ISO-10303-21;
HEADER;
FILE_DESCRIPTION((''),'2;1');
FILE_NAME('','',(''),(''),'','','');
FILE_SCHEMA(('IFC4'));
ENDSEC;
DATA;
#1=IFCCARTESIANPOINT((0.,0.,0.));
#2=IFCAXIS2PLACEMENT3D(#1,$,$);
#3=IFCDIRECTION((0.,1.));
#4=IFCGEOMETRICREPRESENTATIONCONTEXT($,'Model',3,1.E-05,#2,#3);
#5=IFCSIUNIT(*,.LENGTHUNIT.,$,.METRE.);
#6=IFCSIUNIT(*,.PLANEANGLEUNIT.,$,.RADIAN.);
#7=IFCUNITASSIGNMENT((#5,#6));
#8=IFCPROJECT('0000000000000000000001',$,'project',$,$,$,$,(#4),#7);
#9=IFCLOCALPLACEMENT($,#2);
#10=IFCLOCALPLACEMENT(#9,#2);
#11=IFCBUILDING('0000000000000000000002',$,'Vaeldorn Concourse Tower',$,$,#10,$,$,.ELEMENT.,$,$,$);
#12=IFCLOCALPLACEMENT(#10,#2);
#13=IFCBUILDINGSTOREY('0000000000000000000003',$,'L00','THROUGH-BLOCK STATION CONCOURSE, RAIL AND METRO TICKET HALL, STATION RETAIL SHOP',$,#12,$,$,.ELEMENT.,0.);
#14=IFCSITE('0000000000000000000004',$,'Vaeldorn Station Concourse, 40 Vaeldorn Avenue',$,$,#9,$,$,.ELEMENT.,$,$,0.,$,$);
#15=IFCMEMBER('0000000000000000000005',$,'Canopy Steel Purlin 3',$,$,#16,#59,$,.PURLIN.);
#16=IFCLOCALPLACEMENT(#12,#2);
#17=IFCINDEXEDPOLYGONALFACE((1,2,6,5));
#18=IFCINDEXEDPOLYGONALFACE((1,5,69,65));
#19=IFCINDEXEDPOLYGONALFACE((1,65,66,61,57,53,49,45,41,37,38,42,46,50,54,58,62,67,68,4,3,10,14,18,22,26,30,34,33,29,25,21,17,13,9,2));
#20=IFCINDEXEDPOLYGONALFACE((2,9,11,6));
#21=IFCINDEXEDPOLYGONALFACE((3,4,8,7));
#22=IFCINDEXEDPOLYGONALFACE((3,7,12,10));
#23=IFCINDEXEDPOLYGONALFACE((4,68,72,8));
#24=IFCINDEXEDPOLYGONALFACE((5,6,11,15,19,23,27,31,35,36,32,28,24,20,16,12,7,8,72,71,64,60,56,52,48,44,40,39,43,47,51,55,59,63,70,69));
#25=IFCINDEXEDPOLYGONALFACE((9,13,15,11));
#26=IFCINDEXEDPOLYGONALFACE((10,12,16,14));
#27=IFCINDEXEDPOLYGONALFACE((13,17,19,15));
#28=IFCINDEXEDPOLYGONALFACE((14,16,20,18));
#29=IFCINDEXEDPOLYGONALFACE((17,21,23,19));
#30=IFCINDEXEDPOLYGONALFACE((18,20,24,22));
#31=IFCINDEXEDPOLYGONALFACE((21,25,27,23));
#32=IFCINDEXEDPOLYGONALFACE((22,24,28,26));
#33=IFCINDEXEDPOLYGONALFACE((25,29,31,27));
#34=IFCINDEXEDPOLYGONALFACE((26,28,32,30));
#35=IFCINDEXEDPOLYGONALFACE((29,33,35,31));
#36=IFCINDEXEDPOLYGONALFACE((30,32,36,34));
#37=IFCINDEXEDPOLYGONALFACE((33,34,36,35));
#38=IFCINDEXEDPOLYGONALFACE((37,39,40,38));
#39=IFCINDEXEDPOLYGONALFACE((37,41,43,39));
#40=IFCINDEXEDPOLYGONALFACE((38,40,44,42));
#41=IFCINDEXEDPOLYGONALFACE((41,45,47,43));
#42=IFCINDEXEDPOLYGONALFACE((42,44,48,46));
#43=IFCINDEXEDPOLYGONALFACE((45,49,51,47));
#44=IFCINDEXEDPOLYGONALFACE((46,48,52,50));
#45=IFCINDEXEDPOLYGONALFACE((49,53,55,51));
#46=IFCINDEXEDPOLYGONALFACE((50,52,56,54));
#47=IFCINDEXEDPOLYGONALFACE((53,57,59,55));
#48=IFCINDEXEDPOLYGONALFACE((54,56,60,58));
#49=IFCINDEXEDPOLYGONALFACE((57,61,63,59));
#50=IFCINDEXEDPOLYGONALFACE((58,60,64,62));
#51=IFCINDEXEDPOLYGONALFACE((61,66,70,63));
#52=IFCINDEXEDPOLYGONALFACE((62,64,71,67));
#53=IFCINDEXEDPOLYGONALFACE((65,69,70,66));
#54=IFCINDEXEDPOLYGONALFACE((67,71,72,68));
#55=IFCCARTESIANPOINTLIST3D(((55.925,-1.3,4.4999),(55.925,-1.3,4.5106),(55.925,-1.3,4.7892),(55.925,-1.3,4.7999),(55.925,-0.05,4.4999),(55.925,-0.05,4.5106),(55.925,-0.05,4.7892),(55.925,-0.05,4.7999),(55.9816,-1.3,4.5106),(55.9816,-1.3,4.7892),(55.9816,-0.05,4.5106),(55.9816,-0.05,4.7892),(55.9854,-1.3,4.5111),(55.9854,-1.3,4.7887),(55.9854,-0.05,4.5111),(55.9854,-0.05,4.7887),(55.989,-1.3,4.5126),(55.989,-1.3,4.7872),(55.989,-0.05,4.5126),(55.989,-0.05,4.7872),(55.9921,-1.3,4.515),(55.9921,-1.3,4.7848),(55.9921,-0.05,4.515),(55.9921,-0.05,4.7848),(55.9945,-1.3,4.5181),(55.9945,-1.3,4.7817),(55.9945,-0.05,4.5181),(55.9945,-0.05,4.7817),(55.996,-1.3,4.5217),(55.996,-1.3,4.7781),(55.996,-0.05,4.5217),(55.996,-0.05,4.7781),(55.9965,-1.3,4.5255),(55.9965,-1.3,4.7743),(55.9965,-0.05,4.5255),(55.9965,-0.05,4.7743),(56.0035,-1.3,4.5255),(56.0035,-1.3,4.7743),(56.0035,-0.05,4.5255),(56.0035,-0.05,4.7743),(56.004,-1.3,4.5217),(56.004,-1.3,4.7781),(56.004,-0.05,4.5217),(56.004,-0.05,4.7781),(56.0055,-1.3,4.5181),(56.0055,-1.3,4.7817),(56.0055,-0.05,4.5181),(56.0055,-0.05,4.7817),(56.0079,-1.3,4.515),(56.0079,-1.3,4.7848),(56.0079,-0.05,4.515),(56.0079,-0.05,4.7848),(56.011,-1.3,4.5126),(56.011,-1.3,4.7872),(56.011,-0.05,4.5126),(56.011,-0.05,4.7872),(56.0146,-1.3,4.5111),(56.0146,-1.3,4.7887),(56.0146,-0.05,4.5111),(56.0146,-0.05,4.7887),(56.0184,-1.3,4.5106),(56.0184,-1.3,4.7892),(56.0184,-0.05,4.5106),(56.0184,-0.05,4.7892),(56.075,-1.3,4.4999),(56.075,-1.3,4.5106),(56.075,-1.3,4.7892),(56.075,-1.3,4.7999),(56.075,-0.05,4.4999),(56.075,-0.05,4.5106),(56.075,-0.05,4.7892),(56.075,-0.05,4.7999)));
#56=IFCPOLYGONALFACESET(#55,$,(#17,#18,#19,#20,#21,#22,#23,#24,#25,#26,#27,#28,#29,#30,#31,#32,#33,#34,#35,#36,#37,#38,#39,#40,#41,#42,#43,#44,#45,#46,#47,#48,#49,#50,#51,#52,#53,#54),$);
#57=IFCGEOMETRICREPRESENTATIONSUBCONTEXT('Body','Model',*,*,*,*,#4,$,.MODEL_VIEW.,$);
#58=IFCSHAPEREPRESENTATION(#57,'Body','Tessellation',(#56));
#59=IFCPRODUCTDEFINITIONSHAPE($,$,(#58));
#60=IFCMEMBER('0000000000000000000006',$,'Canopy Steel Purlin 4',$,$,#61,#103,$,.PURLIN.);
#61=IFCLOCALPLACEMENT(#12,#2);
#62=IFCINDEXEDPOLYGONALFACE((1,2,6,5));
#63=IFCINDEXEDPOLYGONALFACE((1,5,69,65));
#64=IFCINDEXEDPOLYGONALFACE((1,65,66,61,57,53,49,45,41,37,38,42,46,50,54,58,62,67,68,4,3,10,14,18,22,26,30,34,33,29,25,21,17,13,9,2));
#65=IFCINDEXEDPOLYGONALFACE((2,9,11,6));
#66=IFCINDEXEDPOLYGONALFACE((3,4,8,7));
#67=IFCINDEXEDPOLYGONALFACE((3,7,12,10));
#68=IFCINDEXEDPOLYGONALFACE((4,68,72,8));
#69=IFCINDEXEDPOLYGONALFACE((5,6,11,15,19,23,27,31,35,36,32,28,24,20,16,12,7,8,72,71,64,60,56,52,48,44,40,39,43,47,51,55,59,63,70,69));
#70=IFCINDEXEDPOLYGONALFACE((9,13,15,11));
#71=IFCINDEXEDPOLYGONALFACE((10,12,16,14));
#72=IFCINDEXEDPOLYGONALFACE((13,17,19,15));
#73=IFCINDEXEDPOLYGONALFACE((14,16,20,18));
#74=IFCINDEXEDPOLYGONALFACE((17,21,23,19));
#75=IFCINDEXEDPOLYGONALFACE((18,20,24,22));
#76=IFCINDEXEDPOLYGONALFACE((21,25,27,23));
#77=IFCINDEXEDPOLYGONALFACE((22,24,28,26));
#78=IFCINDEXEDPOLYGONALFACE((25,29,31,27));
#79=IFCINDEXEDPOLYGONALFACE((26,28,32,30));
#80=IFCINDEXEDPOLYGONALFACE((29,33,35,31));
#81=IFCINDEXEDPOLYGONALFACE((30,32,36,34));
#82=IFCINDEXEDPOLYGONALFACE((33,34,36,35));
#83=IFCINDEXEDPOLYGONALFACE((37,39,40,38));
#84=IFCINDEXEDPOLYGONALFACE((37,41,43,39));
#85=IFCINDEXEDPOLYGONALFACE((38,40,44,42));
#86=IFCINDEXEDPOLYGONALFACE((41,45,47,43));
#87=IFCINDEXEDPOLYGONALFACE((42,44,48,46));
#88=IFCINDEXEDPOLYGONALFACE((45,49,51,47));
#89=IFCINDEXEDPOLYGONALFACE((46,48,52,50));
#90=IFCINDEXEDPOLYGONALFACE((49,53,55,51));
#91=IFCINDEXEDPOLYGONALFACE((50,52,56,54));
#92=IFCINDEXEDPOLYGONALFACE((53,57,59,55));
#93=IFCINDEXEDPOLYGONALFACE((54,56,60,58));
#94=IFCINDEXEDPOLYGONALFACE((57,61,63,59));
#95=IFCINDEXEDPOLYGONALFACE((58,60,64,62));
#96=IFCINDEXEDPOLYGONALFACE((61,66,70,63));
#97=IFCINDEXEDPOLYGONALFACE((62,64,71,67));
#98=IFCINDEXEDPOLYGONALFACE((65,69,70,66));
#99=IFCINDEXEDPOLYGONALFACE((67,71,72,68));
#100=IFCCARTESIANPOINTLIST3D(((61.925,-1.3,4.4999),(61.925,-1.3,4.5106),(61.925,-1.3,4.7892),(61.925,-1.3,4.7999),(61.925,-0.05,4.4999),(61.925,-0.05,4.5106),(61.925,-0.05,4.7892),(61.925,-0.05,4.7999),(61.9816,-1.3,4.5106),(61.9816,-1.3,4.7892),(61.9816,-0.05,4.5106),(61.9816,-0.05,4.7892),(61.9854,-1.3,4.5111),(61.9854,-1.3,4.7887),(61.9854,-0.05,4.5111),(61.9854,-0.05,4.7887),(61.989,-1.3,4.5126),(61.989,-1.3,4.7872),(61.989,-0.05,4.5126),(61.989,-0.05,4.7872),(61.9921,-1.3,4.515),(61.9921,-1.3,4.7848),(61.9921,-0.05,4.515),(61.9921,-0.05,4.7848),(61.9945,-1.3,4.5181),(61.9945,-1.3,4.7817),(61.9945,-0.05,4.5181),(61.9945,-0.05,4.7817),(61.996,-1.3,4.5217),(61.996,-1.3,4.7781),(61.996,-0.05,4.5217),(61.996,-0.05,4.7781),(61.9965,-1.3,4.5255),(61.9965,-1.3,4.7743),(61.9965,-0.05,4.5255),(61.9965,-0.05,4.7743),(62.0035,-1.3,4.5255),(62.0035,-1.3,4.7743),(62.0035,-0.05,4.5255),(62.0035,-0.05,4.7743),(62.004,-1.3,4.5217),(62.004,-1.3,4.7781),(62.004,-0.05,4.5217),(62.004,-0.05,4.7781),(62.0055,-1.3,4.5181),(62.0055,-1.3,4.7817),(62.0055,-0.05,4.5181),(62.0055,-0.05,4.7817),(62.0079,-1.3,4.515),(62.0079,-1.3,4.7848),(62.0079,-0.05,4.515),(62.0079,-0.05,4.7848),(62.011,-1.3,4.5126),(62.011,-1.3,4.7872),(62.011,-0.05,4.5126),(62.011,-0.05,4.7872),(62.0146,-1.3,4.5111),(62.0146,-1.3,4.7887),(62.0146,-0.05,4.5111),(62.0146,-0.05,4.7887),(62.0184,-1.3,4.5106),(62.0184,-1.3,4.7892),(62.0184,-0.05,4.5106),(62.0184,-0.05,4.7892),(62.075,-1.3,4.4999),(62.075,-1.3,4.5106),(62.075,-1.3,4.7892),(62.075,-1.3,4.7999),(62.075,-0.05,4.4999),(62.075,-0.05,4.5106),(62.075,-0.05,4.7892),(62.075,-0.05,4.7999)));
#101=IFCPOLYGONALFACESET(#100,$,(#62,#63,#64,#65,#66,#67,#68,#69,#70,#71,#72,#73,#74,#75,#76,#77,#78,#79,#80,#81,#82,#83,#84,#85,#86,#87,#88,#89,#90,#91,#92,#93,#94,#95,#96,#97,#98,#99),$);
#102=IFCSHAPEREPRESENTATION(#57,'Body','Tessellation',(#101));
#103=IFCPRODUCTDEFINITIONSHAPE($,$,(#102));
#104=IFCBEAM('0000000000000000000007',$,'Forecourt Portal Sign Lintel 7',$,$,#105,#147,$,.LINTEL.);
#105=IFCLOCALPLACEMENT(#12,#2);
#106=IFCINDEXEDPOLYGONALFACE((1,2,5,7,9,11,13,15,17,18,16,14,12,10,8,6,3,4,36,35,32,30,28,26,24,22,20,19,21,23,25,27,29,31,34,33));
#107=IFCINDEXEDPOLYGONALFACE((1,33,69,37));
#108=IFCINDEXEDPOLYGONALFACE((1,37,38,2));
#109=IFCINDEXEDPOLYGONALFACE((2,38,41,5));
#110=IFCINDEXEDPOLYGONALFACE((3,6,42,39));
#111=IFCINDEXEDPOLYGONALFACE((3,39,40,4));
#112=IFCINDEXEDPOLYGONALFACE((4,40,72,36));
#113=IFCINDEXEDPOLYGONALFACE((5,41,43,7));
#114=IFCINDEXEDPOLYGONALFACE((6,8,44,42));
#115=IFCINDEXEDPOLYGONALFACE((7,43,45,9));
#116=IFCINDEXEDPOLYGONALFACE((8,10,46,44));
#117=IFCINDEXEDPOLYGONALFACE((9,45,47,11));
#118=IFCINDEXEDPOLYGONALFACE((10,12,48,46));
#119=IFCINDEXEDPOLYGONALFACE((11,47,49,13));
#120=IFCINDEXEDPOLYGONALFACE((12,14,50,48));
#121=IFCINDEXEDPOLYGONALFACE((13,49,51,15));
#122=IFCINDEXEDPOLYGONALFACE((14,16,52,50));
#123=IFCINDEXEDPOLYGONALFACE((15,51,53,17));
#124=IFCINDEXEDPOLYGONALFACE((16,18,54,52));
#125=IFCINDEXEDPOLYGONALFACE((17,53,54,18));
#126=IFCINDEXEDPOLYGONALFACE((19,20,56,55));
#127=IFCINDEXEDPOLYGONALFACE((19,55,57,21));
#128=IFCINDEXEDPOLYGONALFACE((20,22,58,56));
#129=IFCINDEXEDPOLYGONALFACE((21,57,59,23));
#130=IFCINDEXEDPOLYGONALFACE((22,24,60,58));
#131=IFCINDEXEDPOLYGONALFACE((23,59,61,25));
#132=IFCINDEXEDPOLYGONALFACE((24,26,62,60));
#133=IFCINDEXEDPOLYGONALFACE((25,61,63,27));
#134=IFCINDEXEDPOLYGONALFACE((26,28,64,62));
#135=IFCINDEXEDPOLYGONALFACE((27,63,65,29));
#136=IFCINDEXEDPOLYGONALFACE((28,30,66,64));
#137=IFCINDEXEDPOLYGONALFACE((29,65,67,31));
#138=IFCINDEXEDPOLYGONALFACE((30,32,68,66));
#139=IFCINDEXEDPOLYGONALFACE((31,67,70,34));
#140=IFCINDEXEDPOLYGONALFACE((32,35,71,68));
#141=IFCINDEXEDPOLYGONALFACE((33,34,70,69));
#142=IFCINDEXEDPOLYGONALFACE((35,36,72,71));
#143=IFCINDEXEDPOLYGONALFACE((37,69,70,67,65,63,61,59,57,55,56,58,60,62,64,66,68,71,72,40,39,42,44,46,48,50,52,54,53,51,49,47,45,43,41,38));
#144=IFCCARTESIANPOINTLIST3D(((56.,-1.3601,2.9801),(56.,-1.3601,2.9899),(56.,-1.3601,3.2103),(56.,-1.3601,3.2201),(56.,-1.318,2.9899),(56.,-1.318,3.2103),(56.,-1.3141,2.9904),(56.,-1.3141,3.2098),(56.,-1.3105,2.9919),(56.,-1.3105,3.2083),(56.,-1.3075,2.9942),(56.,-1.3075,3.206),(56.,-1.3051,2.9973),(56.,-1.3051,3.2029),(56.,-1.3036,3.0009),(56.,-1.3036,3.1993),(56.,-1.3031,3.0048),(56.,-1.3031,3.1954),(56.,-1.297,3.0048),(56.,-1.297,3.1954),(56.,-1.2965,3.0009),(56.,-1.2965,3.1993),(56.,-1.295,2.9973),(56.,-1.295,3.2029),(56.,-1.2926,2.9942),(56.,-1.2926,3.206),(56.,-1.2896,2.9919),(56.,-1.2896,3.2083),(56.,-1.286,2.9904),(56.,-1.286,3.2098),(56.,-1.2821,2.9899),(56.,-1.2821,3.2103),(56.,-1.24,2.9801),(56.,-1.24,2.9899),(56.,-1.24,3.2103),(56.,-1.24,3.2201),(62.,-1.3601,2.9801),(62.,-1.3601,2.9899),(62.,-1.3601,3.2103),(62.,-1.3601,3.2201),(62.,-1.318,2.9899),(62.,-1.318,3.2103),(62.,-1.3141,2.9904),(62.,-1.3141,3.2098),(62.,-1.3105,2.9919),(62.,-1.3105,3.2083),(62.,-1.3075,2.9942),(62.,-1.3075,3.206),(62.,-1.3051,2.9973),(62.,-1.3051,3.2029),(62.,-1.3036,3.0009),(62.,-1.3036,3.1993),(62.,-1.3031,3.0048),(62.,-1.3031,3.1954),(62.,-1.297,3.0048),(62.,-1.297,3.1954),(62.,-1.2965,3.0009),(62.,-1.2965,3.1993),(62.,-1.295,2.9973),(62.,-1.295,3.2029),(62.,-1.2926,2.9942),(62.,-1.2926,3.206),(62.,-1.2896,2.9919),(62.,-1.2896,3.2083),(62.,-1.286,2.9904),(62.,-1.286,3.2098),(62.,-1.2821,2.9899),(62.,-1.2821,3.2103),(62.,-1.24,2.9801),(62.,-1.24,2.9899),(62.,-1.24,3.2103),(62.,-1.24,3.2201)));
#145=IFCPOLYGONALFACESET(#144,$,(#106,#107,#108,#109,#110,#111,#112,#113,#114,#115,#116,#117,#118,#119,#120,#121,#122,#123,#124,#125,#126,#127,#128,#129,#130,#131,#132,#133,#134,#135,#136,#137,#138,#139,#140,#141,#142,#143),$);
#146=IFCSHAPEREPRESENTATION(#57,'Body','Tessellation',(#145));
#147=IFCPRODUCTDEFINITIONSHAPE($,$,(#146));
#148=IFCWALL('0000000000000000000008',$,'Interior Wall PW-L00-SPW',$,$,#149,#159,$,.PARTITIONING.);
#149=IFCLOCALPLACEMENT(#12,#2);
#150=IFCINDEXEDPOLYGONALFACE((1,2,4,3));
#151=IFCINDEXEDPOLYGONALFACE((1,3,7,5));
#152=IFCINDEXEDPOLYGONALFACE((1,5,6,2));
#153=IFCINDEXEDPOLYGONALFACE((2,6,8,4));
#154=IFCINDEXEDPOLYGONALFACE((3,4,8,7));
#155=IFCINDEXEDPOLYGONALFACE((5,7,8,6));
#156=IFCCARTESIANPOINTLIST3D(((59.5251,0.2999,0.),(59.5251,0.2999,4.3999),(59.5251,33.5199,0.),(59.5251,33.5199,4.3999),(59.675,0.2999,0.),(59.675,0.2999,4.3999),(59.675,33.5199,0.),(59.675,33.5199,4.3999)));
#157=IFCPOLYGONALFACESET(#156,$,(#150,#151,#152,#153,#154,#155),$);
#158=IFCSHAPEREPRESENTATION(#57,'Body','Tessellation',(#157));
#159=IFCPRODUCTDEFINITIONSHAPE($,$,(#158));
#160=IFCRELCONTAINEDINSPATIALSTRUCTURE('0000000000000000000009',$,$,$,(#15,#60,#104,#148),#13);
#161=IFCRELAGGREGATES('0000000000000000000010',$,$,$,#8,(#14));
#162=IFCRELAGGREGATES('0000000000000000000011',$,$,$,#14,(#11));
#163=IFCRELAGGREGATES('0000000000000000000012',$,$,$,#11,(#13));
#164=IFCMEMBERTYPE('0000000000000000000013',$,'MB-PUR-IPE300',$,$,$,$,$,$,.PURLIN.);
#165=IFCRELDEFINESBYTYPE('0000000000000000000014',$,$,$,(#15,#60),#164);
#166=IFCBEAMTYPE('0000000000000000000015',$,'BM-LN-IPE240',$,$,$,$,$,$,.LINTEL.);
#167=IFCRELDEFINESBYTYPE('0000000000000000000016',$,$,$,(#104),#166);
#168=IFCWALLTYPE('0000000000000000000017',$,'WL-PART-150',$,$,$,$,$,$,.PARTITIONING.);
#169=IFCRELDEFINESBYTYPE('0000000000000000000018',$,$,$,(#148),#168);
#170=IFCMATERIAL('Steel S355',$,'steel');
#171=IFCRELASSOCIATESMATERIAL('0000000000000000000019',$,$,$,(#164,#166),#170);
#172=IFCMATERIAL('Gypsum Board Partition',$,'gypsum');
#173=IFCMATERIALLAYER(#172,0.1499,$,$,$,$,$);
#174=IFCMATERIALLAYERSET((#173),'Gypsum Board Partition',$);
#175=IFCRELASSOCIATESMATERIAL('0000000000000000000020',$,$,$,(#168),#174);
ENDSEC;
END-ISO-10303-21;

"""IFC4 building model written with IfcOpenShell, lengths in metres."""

from ifc_helpers import new_model, si_unit, direction, frame, frame_2d, origin, origin_2d, place, context, subcontext, project, spatial, rectangle, i_section, extrude, source, transform, mapped, material, layer, layer_set, material_profile, profile_set, type_object, element, save


model = new_model("IFC4")

# Units and contexts
model_context = context("Model", 3, precision=1e-05, world=origin(), true_north=direction((0.0, 1.0)))
body_context = subcontext(model_context, "Body", "Model", "MODEL_VIEW")
ifc_project = project(units=[si_unit("LENGTHUNIT", "METRE"), si_unit("PLANEANGLEUNIT", "RADIAN")], contexts=[model_context])

# Site, building, storey
site_placement = place(None, origin())
site = spatial("IfcSite", under=ifc_project, at=site_placement, Name="Vaeldorn Station Concourse, 40 Vaeldorn Avenue", CompositionType="ELEMENT", RefElevation=0.0)
building_placement = place(site_placement, origin())
building = spatial("IfcBuilding", under=site, at=building_placement, Name="Vaeldorn Concourse Tower", CompositionType="ELEMENT")
storey_placement = place(building_placement, origin())
storey = spatial("IfcBuildingStorey", under=building, at=storey_placement, Name="L00", Description="THROUGH-BLOCK STATION CONCOURSE, RAIL AND METRO TICKET HALL, STATION RETAIL SHOP", CompositionType="ELEMENT", Elevation=0.0)

# Shared definitions
ifc_material_1 = material(Name="Steel S355", Category="steel")

# Members
ifc_material_profile_1 = material_profile(ifc_material_1, i_section(OverallWidth=0.1499, OverallDepth=0.3, WebThickness=0.0071, FlangeThickness=0.0107, FilletRadius=0.0149, at=origin_2d()), Name="IPE 300")
ifc_profile_set_1 = profile_set([ifc_material_profile_1], Name="Steel S355")
member_type = type_object("IfcMemberType", Name="MB-PUR-IPE300", PredefinedType="PURLIN", material=ifc_profile_set_1)
shared_shape_1 = source(origin(), body_context, "Body", "SweptSolid", [
    extrude(i_section(OverallWidth=0.1499, OverallDepth=0.3, WebThickness=0.0071, FlangeThickness=0.0107, FilletRadius=0.0149, at=origin_2d()), origin(), (0.0, 0.0, 1.0), 1.25),
])
for number, where, z_axis, x_axis, name in (
    (1, (56.0, -1.3, 4.6499), (0.0, 1.0, 0.0), (-1.0, 0.0, 0.0), "Canopy Steel Purlin 3"),
    (2, (62.0, -1.3, 4.6499), (0.0, 1.0, 0.0), (-1.0, 0.0, 0.0), "Canopy Steel Purlin 4"),
):
    element("IfcMember", number, at=place(storey_placement, frame(where, z_axis=z_axis, x_axis=x_axis)), inside=storey, type_object=member_type, Name=name, PredefinedType="PURLIN", context=body_context, shape_type="MappedRepresentation", body=[
        mapped(shared_shape_1, transform((0.0, 0.0, 0.0), scale=1.0)),
    ])

# Beam
ifc_material_profile_2 = material_profile(ifc_material_1, i_section(OverallWidth=0.1201, OverallDepth=0.24, WebThickness=0.0061, FlangeThickness=0.0098, FilletRadius=0.0149, at=origin_2d()), Name="IPE 240")
ifc_profile_set_2 = profile_set([ifc_material_profile_2], Name="Steel S355")
beam_type_1 = type_object("IfcBeamType", Name="BM-LN-IPE240", PredefinedType="LINTEL", material=ifc_profile_set_2)
shared_shape_2 = source(origin(), body_context, "Body", "SweptSolid", [
    extrude(i_section(OverallWidth=0.1201, OverallDepth=0.24, WebThickness=0.0061, FlangeThickness=0.0098, FilletRadius=0.0149, at=origin_2d()), origin(), (0.0, 0.0, 1.0), 6.0),
])
beam_1_placement = place(storey_placement, frame((56.0, -1.3, 3.1001), z_axis=(1.0, 0.0, 0.0), x_axis=(0.0, 1.0, 0.0)))
element("IfcBeam", 3, at=beam_1_placement, inside=storey, type_object=beam_type_1, Name="Forecourt Portal Sign Lintel 7", PredefinedType="LINTEL", context=body_context, shape_type="MappedRepresentation", body=[
    mapped(shared_shape_2, transform((0.0, 0.0, 0.0), scale=1.0)),
])

# Wall
ifc_material_2 = material(Name="Gypsum Board Partition", Category="gypsum")
ifc_layer_1 = layer(ifc_material_2, 0.1499)
ifc_layer_set_1 = layer_set([ifc_layer_1], Name="Gypsum Board Partition")
wall_type_1 = type_object("IfcWallType", Name="WL-PART-150", PredefinedType="PARTITIONING", material=ifc_layer_set_1)
wall_1_placement = place(storey_placement, frame((59.6001, 0.3, 0.0), z_axis=(0.0, 0.0, 1.0), x_axis=(0.0, 1.0, 0.0)))
element("IfcWall", 4, at=wall_1_placement, inside=storey, type_object=wall_type_1, Name="Interior Wall PW-L00-SPW", PredefinedType="PARTITIONING", context=body_context, shape_type="SweptSolid", body=[
    extrude(rectangle(XDim=33.22, YDim=0.1499, at=frame_2d((16.6099, 0.0))), origin(), (0.0, 0.0, 1.0), 4.3999),
])

save(model, "model.ifc")
